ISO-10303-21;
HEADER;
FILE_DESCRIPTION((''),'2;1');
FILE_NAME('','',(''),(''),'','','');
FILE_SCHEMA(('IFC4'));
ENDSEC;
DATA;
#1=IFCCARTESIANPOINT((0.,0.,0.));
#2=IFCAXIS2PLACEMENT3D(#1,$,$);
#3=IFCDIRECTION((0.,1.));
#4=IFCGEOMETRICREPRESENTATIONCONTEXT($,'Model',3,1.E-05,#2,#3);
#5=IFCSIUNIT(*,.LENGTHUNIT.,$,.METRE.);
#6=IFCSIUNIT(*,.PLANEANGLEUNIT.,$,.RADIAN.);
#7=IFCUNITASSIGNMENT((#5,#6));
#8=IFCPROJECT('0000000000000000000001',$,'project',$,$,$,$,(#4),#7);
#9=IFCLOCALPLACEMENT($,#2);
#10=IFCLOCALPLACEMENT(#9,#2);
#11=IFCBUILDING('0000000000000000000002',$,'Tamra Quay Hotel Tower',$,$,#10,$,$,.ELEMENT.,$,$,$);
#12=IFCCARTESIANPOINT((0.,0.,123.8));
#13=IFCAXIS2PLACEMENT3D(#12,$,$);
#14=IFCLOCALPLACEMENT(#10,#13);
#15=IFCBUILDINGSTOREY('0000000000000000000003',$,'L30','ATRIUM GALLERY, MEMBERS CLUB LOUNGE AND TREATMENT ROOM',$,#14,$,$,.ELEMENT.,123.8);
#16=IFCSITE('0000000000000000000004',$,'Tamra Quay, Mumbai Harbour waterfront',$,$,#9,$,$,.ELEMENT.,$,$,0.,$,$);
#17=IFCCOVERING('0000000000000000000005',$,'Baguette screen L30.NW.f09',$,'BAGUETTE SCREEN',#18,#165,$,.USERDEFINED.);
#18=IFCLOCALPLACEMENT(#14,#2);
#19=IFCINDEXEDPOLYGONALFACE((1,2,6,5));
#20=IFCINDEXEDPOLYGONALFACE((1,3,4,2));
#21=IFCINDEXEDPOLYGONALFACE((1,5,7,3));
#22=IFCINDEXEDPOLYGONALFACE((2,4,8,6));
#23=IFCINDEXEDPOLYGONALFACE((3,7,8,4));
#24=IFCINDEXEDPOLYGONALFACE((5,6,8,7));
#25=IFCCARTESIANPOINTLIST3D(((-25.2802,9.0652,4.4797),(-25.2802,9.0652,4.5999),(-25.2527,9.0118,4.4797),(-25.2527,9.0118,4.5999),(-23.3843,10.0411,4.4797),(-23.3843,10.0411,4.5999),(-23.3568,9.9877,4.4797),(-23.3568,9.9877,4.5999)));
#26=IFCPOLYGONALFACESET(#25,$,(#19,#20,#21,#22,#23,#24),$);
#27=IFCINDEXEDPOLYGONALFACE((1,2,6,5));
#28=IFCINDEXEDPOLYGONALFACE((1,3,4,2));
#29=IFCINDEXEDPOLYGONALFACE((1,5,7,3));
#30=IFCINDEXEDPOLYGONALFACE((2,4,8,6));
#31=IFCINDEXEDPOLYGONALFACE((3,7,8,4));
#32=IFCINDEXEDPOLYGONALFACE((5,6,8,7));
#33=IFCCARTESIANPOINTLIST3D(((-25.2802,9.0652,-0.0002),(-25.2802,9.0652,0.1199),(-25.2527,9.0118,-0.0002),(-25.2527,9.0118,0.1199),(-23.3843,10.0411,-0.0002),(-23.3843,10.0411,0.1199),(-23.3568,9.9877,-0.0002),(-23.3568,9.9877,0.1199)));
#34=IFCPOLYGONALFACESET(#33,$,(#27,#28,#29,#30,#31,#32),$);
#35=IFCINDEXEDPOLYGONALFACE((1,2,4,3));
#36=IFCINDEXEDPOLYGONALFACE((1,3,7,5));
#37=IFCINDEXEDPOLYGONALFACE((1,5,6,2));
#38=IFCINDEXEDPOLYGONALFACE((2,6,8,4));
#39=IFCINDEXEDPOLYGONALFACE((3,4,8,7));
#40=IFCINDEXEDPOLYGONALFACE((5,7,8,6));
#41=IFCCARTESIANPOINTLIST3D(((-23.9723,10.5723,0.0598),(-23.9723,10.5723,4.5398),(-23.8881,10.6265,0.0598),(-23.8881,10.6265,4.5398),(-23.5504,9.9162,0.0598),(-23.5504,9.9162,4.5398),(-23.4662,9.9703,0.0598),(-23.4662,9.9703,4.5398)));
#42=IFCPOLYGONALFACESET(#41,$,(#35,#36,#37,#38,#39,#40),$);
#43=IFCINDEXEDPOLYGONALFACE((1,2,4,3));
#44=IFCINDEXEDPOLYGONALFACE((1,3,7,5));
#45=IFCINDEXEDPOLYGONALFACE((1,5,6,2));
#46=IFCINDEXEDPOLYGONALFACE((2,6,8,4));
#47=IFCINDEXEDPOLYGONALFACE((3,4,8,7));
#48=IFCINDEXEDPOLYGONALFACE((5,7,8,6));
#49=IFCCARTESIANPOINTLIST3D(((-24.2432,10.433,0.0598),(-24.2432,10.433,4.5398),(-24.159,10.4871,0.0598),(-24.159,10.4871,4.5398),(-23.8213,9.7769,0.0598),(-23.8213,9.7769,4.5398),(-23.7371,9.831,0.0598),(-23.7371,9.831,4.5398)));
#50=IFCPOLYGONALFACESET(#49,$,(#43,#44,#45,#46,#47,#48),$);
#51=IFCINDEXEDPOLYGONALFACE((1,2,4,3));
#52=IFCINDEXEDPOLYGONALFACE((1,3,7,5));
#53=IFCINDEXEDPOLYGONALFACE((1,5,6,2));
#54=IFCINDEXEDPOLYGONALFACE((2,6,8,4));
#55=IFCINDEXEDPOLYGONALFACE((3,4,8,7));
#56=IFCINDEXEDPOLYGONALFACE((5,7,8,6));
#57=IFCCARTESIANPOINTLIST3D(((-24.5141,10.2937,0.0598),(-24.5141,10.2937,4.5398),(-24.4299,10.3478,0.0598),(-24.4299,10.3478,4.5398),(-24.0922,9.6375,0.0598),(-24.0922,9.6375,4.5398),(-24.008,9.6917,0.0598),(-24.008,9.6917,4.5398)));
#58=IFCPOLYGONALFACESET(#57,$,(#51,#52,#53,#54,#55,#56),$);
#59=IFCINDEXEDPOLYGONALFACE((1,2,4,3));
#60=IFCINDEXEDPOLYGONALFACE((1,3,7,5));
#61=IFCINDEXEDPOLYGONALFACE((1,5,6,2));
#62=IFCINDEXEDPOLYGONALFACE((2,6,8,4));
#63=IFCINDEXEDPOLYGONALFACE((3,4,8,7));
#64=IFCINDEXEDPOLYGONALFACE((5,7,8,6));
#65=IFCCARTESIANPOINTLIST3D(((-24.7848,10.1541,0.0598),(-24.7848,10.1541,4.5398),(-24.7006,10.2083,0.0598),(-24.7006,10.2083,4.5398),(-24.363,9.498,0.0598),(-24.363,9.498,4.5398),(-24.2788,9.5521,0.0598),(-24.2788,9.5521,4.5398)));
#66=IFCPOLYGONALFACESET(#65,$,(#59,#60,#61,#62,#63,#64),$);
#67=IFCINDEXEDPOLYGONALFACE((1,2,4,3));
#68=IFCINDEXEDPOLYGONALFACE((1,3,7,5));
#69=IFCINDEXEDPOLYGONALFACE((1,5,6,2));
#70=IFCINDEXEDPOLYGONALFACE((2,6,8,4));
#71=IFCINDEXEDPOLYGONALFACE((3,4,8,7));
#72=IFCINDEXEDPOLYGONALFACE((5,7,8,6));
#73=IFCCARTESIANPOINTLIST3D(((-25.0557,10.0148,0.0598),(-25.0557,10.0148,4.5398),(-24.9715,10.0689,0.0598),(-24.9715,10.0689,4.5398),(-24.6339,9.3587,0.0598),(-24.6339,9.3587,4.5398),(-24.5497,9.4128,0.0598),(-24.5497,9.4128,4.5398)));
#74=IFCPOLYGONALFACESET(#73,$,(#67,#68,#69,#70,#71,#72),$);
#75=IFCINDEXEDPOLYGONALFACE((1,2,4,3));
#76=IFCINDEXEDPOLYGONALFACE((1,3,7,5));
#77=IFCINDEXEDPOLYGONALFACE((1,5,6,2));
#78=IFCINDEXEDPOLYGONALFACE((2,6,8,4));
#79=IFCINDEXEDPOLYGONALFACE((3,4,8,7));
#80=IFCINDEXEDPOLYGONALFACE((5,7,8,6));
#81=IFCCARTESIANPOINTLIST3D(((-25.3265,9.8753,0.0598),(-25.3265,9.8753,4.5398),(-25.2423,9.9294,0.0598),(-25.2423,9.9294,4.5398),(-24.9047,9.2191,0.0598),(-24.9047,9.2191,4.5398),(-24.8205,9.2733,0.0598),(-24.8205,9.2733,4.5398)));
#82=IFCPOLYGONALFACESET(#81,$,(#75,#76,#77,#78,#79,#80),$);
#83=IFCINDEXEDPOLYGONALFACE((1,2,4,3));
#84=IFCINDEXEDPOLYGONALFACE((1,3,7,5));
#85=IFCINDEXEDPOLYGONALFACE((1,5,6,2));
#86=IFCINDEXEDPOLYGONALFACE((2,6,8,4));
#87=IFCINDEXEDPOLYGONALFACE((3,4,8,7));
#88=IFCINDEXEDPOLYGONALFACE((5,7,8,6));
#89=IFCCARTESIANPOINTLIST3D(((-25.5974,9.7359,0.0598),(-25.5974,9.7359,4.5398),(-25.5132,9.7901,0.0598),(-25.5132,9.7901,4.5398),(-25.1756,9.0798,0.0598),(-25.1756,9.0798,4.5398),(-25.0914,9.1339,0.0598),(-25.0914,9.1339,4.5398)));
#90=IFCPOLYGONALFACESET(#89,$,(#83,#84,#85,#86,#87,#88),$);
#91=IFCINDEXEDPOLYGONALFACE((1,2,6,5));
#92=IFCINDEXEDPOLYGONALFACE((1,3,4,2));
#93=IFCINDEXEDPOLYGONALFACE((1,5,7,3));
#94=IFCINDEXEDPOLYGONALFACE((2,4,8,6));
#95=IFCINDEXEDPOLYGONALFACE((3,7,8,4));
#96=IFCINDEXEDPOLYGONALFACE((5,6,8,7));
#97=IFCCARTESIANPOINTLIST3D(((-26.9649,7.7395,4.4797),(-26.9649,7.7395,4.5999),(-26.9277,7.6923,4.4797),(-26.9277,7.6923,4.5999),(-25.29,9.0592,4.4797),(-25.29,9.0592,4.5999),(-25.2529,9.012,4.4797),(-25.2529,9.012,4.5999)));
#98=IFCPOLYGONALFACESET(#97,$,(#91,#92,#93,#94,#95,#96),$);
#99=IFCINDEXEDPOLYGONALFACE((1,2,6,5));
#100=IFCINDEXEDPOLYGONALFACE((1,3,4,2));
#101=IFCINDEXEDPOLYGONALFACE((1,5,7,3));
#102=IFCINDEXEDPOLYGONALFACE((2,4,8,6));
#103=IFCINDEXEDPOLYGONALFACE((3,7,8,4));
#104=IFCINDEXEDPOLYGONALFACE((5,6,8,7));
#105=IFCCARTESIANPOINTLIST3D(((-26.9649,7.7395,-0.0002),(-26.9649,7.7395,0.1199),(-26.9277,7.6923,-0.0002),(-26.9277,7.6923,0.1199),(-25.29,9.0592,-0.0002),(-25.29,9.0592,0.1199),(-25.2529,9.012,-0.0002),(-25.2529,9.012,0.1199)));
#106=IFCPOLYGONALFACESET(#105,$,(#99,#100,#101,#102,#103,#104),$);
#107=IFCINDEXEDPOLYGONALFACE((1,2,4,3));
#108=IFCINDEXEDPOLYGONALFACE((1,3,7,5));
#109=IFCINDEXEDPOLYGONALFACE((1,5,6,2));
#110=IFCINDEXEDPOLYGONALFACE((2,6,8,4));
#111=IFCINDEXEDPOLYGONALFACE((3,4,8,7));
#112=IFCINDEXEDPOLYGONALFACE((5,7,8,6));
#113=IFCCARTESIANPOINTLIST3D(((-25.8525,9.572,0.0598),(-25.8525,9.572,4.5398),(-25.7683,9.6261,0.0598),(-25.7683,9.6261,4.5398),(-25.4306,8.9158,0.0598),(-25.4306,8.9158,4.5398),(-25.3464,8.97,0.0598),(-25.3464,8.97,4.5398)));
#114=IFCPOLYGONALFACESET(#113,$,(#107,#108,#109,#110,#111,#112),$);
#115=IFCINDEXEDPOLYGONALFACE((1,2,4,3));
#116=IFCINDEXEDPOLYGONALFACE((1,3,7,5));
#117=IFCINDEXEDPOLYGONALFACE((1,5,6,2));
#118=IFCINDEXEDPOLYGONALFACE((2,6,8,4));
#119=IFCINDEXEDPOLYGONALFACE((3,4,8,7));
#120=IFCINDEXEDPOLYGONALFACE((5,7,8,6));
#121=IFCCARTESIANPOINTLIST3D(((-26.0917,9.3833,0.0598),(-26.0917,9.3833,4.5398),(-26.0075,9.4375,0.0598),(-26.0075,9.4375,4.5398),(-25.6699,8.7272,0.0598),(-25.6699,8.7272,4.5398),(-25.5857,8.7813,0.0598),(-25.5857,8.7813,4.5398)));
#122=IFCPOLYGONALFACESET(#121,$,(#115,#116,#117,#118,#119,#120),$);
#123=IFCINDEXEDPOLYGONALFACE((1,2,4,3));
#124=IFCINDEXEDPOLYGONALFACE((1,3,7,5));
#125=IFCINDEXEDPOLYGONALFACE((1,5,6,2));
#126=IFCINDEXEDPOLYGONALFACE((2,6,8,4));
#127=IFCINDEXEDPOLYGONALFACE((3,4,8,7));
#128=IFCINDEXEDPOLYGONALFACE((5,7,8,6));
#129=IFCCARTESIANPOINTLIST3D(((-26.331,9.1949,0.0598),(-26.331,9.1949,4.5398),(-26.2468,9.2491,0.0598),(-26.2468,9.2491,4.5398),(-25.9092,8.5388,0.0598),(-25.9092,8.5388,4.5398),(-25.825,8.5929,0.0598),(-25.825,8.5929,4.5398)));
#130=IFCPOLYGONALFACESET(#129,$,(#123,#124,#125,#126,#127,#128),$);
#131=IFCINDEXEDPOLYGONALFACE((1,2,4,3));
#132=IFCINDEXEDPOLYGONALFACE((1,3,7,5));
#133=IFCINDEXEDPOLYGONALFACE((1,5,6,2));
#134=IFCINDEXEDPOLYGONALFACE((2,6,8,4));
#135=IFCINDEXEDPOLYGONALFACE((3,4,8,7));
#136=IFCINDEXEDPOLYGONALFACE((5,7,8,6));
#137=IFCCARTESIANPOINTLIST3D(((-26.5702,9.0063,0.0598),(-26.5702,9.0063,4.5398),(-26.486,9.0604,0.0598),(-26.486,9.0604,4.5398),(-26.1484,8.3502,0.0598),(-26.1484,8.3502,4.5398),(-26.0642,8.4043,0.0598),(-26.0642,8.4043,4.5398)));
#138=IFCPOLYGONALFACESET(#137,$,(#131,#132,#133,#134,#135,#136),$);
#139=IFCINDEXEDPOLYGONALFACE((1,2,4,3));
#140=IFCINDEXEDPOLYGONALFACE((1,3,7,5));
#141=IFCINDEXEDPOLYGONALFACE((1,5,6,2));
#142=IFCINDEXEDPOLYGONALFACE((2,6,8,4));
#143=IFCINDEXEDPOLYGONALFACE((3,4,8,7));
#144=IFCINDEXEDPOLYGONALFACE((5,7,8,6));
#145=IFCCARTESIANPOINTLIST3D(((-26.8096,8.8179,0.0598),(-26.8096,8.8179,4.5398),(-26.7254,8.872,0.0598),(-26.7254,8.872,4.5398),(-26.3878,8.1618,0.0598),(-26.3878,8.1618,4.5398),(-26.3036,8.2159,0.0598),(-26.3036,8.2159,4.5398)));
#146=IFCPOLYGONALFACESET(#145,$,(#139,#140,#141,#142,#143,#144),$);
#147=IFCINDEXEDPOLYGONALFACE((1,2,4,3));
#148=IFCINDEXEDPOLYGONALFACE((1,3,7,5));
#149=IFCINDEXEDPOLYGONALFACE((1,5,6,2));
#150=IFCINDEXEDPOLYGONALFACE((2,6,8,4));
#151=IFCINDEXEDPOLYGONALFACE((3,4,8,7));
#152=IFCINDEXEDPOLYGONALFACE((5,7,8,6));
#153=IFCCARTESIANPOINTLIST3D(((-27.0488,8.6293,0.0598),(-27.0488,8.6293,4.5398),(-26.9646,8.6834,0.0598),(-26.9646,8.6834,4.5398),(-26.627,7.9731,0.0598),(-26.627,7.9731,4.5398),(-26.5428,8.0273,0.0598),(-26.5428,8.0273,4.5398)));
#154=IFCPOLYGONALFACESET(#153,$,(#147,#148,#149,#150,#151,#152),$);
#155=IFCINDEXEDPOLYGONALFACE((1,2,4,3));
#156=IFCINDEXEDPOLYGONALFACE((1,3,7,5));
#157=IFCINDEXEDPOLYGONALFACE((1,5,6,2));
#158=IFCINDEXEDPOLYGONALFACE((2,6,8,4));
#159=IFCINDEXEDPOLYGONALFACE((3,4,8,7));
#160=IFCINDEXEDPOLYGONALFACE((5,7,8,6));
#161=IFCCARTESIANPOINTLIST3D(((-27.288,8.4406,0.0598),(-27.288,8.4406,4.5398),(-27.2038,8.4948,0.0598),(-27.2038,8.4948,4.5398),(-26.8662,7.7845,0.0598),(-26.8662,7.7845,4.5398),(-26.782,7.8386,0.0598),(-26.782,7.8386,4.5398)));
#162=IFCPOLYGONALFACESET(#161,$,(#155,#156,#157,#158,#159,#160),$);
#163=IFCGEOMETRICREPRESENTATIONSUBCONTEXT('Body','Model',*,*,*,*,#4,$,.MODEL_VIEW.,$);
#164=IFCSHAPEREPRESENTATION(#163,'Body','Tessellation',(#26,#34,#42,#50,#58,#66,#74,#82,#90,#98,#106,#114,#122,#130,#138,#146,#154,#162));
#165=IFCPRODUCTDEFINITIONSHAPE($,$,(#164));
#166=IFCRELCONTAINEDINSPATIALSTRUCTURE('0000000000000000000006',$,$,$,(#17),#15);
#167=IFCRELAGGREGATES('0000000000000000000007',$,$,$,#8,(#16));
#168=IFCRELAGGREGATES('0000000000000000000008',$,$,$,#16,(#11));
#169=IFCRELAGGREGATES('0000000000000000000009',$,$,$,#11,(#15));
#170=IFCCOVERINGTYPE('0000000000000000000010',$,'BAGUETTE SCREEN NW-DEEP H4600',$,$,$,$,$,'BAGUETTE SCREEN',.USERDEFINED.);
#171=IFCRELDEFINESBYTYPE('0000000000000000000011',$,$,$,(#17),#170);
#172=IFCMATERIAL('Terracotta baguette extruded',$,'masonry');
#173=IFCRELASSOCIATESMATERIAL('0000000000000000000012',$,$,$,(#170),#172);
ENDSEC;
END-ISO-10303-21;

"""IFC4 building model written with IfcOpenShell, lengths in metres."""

from ifc_helpers import new_model, si_unit, direction, frame, frame_2d, origin, place, context, subcontext, project, spatial, rectangle, extrude, source, transform, mapped, material, type_object, element, save


model = new_model("IFC4")

# Units and contexts
model_context = context("Model", 3, precision=1e-05, world=origin(), true_north=direction((0.0, 1.0)))
body_context = subcontext(model_context, "Body", "Model", "MODEL_VIEW")
ifc_project = project(units=[si_unit("LENGTHUNIT", "METRE"), si_unit("PLANEANGLEUNIT", "RADIAN")], contexts=[model_context])

# Site, building, storey
site_placement = place(None, origin())
site = spatial("IfcSite", under=ifc_project, at=site_placement, Name="Tamra Quay, Mumbai Harbour waterfront", CompositionType="ELEMENT", RefElevation=0.0)
building_placement = place(site_placement, origin())
building = spatial("IfcBuilding", under=site, at=building_placement, Name="Tamra Quay Hotel Tower", CompositionType="ELEMENT")
storey_placement = place(building_placement, frame((0.0, 0.0, 123.8)))
storey = spatial("IfcBuildingStorey", under=building, at=storey_placement, Name="L30", Description="ATRIUM GALLERY, MEMBERS CLUB LOUNGE AND TREATMENT ROOM", CompositionType="ELEMENT", Elevation=123.8)

# Covering
ifc_material_1 = material(Name="Terracotta baguette extruded", Category="masonry")
covering_type_1 = type_object("IfcCoveringType", Name="BAGUETTE SCREEN NW-DEEP H4600", ElementType="BAGUETTE SCREEN", PredefinedType="USERDEFINED", material=ifc_material_1)
shared_shape_1 = source(origin(), body_context, "Body", "SweptSolid", [
    extrude(rectangle(XDim=2.1323, YDim=0.0601, at=frame_2d((1.0662, 0.03))), frame((-2.1282, -0.0576, -0.1201), z_axis=(0.0, 0.0, 1.0), x_axis=(0.995396, -0.095846, 0.0)), (0.0, 0.0, 1.0), 0.1201),
    extrude(rectangle(XDim=2.1323, YDim=0.0601, at=frame_2d((1.0662, 0.03))), frame((-2.1282, -0.0576, -4.6001), z_axis=(0.0, 0.0, 1.0), x_axis=(0.995396, -0.095846, 0.0)), (0.0, 0.0, 1.0), 0.1201),
    extrude(rectangle(XDim=0.1001, YDim=0.78, at=frame_2d((0.05, 0.3901))), frame((-2.021, -0.8225, -4.54)), (0.0, 0.0, 1.0), 4.48),
    extrude(rectangle(XDim=0.1001, YDim=0.78, at=frame_2d((0.05, 0.3901))), frame((-1.7178, -0.8518, -4.54)), (0.0, 0.0, 1.0), 4.48),
    extrude(rectangle(XDim=0.1001, YDim=0.78, at=frame_2d((0.05, 0.3901))), frame((-1.4146, -0.8811, -4.54)), (0.0, 0.0, 1.0), 4.48),
    extrude(rectangle(XDim=0.1001, YDim=0.78, at=frame_2d((0.05, 0.3901))), frame((-1.1113, -0.9102, -4.54)), (0.0, 0.0, 1.0), 4.48),
    extrude(rectangle(XDim=0.1001, YDim=0.78, at=frame_2d((0.05, 0.3901))), frame((-0.8081, -0.9395, -4.54)), (0.0, 0.0, 1.0), 4.48),
    extrude(rectangle(XDim=0.1001, YDim=0.78, at=frame_2d((0.05, 0.3901))), frame((-0.5049, -0.9685, -4.54)), (0.0, 0.0, 1.0), 4.48),
    extrude(rectangle(XDim=0.1001, YDim=0.78, at=frame_2d((0.05, 0.3901))), frame((-0.2017, -0.9978, -4.54)), (0.0, 0.0, 1.0), 4.48),
    extrude(rectangle(XDim=2.1323, YDim=0.0601, at=frame_2d((1.0662, 0.03))), frame((0.0059, -0.2622, -0.1201), z_axis=(0.0, 0.0, 1.0), x_axis=(0.995396, 0.095846, 0.0)), (0.0, 0.0, 1.0), 0.1201),
    extrude(rectangle(XDim=2.1323, YDim=0.0601, at=frame_2d((1.0662, 0.03))), frame((0.0059, -0.2622, -4.6001), z_axis=(0.0, 0.0, 1.0), x_axis=(0.995396, 0.095846, 0.0)), (0.0, 0.0, 1.0), 0.1201),
    extrude(rectangle(XDim=0.1001, YDim=0.78, at=frame_2d((0.05, 0.3901))), frame((0.1016, -0.9978, -4.54)), (0.0, 0.0, 1.0), 4.48),
    extrude(rectangle(XDim=0.1001, YDim=0.78, at=frame_2d((0.05, 0.3901))), frame((0.4048, -0.9685, -4.54)), (0.0, 0.0, 1.0), 4.48),
    extrude(rectangle(XDim=0.1001, YDim=0.78, at=frame_2d((0.05, 0.3901))), frame((0.708, -0.9395, -4.54)), (0.0, 0.0, 1.0), 4.48),
    extrude(rectangle(XDim=0.1001, YDim=0.78, at=frame_2d((0.05, 0.3901))), frame((1.0112, -0.9102, -4.54)), (0.0, 0.0, 1.0), 4.48),
    extrude(rectangle(XDim=0.1001, YDim=0.78, at=frame_2d((0.05, 0.3901))), frame((1.3145, -0.8811, -4.54)), (0.0, 0.0, 1.0), 4.48),
    extrude(rectangle(XDim=0.1001, YDim=0.78, at=frame_2d((0.05, 0.3901))), frame((1.6177, -0.8518, -4.54)), (0.0, 0.0, 1.0), 4.48),
    extrude(rectangle(XDim=0.1001, YDim=0.78, at=frame_2d((0.05, 0.3901))), frame((1.9209, -0.8225, -4.54)), (0.0, 0.0, 1.0), 4.48),
])
covering_1_placement = place(storey_placement, frame((-25.1433, 8.8418, 4.5999), z_axis=(0.0, 0.0, 1.0), x_axis=(-0.841164, -0.54078, 0.0)))
element("IfcCovering", 1, at=covering_1_placement, inside=storey, type_object=covering_type_1, Name="Baguette screen L30.NW.f09", ObjectType="BAGUETTE SCREEN", PredefinedType="USERDEFINED", context=body_context, shape_type="MappedRepresentation", body=[
    mapped(shared_shape_1, transform((0.0, 0.0, 0.0), scale=1.0)),
])

save(model, "model.ifc")
